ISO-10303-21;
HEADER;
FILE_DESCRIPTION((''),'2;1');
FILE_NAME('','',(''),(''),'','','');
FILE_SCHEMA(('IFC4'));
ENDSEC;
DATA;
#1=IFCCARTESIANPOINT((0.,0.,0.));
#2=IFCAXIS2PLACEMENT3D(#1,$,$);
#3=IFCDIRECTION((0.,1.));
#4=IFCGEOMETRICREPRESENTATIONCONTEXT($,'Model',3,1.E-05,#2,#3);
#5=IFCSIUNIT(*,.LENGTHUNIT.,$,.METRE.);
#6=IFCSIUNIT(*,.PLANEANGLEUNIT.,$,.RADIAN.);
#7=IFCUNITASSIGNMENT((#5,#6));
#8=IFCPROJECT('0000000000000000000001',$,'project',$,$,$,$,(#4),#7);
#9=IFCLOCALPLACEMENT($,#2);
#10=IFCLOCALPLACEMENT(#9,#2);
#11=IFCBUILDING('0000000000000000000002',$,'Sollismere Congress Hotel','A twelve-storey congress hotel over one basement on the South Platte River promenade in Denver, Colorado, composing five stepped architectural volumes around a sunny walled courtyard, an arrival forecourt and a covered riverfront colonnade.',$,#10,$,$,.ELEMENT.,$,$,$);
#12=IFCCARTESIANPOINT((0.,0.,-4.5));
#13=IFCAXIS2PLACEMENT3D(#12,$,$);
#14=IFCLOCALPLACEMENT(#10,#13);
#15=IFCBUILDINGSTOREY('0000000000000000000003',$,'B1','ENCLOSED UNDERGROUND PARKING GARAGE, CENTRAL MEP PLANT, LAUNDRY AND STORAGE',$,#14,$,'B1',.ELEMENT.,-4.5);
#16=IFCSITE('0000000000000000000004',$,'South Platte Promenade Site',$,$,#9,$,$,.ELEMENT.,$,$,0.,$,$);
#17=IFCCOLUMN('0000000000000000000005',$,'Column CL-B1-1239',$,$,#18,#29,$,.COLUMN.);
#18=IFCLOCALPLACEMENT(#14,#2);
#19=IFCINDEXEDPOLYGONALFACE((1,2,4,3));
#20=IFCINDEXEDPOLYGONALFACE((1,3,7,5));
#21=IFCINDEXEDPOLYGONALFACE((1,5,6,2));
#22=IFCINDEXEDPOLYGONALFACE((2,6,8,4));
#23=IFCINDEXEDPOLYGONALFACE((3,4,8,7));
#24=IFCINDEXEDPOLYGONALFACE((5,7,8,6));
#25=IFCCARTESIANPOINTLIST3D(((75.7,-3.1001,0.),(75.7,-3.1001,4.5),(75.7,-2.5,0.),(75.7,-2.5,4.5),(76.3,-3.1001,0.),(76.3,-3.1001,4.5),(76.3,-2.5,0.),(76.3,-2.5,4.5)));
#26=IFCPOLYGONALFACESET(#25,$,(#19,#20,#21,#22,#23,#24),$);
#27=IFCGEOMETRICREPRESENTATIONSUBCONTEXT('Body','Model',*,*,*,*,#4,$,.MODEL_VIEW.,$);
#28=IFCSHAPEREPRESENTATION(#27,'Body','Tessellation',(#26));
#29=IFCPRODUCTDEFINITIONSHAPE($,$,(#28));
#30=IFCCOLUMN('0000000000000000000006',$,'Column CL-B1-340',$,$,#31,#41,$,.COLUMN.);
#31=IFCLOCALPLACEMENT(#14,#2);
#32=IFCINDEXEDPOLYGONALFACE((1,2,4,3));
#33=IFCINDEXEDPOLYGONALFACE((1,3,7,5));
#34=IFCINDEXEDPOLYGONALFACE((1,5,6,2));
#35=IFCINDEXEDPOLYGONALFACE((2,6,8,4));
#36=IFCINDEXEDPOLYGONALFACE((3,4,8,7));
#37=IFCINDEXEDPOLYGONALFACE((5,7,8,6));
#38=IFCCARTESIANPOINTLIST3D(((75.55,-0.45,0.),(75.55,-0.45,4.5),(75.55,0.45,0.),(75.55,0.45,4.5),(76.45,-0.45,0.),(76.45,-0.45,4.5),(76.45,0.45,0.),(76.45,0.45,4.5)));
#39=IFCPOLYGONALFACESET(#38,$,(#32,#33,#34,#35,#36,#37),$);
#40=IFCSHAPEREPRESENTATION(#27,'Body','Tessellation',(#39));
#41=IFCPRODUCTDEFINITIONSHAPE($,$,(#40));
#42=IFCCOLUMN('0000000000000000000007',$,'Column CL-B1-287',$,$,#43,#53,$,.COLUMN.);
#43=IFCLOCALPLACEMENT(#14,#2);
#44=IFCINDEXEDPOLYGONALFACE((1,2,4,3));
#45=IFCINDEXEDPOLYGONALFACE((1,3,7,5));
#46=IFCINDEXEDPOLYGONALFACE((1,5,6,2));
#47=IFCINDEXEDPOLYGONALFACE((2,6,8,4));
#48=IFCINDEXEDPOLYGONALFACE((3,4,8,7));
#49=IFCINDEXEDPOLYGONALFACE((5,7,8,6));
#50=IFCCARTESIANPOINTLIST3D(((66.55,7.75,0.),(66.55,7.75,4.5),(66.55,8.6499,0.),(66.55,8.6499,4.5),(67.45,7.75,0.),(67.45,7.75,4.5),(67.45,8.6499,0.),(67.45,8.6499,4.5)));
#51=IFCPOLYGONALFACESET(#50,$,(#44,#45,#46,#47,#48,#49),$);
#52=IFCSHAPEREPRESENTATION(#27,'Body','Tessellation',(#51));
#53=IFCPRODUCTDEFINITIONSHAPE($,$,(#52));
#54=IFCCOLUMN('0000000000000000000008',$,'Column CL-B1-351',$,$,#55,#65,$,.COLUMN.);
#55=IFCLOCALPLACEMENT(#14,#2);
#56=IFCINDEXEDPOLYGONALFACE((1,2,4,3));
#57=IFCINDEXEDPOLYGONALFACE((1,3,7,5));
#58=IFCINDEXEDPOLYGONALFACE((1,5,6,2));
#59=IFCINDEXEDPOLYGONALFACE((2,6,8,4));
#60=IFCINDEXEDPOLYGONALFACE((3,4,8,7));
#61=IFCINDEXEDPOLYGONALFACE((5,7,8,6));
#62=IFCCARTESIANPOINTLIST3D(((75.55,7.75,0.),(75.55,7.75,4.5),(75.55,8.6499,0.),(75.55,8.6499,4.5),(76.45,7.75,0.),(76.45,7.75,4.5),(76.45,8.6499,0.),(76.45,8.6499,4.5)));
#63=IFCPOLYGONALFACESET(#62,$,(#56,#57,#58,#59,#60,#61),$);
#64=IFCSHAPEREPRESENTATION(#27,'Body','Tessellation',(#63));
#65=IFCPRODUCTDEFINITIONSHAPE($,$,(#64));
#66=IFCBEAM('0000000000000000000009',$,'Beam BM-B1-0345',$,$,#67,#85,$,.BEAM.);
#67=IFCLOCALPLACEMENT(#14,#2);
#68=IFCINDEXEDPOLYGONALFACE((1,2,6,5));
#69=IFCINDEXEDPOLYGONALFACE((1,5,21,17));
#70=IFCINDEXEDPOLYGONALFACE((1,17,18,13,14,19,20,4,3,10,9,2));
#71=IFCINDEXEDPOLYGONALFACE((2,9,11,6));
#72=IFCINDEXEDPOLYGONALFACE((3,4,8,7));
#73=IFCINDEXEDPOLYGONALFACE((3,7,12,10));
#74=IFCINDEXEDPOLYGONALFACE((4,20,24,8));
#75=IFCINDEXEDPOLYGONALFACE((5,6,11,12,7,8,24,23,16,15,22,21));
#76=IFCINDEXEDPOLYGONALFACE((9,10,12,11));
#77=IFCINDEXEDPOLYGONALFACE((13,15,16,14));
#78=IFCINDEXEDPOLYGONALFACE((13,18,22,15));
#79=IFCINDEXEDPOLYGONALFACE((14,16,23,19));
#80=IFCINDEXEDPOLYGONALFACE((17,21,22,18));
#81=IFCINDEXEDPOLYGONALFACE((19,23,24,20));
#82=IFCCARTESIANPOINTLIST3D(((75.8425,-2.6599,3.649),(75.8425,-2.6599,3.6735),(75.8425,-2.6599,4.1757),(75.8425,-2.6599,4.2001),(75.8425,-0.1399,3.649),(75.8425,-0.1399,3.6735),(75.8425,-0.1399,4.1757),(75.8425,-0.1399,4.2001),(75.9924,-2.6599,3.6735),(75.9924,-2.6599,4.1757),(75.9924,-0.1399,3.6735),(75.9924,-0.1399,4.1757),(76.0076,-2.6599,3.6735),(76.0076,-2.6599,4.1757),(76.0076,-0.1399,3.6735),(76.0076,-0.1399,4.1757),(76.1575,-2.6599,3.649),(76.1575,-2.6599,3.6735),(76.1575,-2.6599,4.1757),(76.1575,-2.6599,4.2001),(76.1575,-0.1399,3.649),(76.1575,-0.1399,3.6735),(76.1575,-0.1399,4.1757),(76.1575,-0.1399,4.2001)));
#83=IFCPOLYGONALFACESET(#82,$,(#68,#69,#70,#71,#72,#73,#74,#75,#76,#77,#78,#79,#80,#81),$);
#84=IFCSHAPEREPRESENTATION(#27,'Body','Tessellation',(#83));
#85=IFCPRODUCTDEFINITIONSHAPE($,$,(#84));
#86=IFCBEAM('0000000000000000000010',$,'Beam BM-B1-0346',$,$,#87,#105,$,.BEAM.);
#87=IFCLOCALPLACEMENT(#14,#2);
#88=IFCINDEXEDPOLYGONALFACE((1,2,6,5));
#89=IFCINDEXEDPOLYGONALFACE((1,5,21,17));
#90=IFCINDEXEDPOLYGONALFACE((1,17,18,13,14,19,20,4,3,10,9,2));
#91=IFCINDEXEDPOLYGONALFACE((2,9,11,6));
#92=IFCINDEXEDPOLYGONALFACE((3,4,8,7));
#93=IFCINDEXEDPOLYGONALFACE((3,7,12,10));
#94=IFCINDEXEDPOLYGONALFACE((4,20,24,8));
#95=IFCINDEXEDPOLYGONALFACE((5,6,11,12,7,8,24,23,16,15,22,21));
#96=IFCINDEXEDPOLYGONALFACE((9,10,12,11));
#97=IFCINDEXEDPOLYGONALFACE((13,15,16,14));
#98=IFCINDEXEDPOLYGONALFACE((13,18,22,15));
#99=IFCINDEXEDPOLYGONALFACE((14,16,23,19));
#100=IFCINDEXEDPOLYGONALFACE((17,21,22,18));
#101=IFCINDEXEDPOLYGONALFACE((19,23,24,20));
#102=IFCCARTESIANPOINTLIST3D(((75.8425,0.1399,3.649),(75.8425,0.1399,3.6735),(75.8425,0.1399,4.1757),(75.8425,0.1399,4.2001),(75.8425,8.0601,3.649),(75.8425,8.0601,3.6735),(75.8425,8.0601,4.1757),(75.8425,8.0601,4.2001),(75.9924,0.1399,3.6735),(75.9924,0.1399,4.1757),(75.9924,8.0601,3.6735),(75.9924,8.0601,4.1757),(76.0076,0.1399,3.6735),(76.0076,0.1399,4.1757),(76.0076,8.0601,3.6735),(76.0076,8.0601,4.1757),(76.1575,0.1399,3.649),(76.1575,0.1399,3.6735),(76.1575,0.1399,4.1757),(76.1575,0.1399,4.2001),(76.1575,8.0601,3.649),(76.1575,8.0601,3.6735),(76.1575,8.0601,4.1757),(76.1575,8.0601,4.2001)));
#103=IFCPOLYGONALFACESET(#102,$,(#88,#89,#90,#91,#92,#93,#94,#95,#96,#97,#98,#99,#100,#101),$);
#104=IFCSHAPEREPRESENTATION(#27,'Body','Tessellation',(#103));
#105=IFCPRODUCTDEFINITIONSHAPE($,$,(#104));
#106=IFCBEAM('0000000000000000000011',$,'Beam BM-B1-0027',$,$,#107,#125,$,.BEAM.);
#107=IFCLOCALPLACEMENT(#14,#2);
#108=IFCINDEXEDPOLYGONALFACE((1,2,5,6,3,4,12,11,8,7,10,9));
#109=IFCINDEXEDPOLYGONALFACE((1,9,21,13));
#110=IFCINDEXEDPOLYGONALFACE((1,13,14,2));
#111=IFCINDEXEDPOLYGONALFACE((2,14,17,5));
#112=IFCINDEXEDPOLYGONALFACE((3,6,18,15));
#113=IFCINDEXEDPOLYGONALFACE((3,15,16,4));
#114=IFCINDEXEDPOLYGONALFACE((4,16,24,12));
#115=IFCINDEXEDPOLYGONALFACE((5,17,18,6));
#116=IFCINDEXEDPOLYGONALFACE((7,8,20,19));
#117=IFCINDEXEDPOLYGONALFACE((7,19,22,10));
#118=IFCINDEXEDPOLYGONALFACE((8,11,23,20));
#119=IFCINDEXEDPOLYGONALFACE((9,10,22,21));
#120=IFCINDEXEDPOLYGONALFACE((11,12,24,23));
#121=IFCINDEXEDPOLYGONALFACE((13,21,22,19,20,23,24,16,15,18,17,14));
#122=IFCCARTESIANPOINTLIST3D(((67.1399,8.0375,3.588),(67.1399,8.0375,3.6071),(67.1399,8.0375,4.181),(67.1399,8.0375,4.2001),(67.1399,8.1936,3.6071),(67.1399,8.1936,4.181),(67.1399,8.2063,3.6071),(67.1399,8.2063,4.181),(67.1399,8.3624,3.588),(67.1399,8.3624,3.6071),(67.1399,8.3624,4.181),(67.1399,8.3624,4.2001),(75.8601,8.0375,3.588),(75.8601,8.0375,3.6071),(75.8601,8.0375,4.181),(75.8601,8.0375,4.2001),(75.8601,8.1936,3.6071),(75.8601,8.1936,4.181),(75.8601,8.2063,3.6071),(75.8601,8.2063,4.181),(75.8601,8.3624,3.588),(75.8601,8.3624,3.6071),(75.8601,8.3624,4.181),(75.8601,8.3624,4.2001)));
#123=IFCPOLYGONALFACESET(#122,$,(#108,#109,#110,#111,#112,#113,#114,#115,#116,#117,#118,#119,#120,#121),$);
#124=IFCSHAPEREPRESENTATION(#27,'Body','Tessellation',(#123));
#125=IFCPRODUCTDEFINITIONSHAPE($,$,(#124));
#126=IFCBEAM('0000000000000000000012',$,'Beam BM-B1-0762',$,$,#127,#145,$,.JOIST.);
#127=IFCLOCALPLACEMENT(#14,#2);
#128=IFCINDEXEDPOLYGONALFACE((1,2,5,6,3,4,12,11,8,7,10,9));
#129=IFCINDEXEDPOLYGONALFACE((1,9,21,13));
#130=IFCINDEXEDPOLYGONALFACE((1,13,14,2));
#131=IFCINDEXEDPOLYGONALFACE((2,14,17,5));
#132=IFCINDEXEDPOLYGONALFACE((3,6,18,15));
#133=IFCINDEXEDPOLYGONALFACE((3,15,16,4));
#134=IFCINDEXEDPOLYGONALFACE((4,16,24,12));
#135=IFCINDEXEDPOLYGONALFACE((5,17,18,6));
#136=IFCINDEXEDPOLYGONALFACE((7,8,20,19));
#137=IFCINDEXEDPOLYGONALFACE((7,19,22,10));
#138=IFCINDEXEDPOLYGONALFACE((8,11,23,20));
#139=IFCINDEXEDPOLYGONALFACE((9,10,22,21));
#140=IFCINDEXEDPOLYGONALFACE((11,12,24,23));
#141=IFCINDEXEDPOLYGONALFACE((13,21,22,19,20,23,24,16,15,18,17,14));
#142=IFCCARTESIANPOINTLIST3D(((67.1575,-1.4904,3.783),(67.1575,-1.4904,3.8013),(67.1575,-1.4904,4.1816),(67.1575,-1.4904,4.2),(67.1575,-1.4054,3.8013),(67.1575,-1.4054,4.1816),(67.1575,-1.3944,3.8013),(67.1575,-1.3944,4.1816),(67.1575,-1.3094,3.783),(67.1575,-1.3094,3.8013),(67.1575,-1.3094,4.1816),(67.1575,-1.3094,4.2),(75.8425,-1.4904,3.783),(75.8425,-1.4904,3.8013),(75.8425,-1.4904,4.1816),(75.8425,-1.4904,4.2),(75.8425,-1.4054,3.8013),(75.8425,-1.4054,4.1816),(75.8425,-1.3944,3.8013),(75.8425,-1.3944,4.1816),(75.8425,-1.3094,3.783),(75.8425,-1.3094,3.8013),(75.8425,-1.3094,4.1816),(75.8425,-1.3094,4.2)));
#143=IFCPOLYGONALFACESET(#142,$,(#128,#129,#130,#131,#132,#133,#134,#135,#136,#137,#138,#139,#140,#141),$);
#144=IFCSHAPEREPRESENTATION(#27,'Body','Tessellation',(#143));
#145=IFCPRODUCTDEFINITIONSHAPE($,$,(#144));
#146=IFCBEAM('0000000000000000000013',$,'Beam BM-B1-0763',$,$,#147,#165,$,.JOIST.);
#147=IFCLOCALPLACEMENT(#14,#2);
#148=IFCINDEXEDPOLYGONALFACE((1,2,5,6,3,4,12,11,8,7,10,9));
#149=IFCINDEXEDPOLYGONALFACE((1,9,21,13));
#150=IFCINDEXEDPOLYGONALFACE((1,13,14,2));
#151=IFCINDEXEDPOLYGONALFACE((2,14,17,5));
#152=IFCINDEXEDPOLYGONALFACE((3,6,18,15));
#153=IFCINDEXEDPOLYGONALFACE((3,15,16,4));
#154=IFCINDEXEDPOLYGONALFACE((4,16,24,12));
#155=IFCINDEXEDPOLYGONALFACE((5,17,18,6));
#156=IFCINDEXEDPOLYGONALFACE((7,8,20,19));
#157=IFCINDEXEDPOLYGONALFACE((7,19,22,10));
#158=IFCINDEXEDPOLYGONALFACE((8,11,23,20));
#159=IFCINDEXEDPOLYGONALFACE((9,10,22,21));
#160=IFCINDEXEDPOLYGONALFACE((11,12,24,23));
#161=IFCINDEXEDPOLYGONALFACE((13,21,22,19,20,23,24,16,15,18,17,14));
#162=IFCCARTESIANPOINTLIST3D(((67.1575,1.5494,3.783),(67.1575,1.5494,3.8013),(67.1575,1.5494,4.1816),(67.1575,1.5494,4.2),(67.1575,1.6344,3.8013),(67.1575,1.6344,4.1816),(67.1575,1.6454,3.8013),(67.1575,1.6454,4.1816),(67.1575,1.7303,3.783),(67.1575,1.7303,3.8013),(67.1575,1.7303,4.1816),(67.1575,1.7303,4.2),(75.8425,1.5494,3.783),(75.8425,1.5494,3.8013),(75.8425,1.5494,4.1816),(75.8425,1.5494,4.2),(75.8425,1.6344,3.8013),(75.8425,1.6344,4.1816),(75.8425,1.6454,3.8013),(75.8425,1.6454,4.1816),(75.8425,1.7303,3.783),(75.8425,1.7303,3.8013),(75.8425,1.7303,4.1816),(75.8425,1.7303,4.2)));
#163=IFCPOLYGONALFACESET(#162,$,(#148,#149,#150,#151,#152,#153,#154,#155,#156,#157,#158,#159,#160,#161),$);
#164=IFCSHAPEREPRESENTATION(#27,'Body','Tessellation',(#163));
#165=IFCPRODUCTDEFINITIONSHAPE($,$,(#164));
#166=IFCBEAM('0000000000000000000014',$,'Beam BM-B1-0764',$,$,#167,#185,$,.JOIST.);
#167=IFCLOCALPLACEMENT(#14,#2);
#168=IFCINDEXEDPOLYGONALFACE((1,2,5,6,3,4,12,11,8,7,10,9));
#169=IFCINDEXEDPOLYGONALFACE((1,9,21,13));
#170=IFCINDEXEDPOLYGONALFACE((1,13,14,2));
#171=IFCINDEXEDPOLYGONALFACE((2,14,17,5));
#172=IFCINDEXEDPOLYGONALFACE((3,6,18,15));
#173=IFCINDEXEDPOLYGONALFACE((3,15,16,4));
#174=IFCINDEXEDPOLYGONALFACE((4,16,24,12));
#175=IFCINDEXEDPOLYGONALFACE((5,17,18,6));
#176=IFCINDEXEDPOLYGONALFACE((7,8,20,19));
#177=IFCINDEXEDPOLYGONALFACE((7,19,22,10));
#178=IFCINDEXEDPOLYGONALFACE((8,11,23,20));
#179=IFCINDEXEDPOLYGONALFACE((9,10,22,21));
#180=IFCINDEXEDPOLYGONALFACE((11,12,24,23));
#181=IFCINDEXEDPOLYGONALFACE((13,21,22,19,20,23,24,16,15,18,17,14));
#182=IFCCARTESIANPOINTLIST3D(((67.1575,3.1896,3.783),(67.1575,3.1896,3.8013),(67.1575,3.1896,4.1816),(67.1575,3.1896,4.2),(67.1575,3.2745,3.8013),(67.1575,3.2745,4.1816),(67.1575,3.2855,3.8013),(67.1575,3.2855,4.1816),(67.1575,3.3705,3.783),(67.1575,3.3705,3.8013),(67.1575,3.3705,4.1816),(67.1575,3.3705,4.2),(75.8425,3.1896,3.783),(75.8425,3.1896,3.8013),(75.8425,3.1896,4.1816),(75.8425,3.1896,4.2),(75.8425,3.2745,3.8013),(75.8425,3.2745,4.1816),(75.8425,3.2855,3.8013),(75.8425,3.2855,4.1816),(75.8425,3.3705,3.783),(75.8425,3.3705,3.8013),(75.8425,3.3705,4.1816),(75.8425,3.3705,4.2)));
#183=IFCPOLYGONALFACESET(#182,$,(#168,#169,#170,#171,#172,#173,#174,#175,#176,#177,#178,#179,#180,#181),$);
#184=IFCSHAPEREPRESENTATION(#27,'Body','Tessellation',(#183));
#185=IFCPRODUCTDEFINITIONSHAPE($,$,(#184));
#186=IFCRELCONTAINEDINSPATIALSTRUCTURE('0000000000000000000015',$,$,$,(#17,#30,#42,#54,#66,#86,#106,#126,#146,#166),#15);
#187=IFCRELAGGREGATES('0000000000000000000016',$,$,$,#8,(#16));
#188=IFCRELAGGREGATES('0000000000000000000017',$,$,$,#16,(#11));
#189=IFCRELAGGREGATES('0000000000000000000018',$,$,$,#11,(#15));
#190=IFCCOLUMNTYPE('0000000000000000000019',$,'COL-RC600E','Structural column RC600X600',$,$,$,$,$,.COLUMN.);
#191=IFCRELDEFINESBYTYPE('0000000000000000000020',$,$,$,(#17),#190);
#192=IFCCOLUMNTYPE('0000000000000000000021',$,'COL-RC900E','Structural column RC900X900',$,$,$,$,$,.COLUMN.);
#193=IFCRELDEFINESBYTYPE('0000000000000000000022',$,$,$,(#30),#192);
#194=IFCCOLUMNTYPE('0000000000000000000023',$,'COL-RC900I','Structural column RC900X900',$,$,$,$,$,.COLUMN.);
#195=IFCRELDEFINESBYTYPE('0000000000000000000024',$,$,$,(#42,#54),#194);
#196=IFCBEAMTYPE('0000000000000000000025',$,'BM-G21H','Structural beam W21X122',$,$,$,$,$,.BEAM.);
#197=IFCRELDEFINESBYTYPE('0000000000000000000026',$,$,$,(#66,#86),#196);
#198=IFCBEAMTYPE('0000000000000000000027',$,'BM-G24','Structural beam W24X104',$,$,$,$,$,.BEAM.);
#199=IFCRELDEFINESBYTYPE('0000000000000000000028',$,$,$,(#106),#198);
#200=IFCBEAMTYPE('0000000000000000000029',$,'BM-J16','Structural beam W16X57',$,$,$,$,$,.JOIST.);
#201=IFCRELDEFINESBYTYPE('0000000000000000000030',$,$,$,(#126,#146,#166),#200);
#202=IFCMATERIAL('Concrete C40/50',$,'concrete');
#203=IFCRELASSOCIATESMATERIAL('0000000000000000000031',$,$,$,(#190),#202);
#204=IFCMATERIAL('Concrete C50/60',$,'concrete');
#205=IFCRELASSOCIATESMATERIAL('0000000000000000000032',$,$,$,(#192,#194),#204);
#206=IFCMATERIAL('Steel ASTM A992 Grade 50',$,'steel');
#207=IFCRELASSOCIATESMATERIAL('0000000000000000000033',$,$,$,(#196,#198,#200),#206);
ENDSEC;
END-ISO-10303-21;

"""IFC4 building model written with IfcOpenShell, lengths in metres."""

from ifc_helpers import new_model, si_unit, direction, frame, origin, origin_2d, place, context, subcontext, project, spatial, rectangle, i_section, extrude, material, material_profile, profile_set, type_object, element, save


model = new_model("IFC4")

# Units and contexts
model_context = context("Model", 3, precision=1e-05, world=origin(), true_north=direction((0.0, 1.0)))
body_context = subcontext(model_context, "Body", "Model", "MODEL_VIEW")
ifc_project = project(units=[si_unit("LENGTHUNIT", "METRE"), si_unit("PLANEANGLEUNIT", "RADIAN")], contexts=[model_context])

# Site, building, storey
site_placement = place(None, origin())
site = spatial("IfcSite", under=ifc_project, at=site_placement, Name="South Platte Promenade Site", CompositionType="ELEMENT", RefElevation=0.0)
building_placement = place(site_placement, origin())
building = spatial("IfcBuilding", under=site, at=building_placement, Name="Sollismere Congress Hotel", Description="A twelve-storey congress hotel over one basement on the South Platte River promenade in Denver, Colorado, composing five stepped architectural volumes around a sunny walled courtyard, an arrival forecourt and a covered riverfront colonnade.", CompositionType="ELEMENT")
storey_placement = place(building_placement, frame((0.0, 0.0, -4.5)))
storey = spatial("IfcBuildingStorey", under=building, at=storey_placement, Name="B1", Description="ENCLOSED UNDERGROUND PARKING GARAGE, CENTRAL MEP PLANT, LAUNDRY AND STORAGE", LongName="B1", CompositionType="ELEMENT", Elevation=-4.5)

# Shared definitions
ifc_material_1 = material(Name="Concrete C40/50", Category="concrete")

# Columns
ifc_material_profile_1 = material_profile(ifc_material_1, rectangle(XDim=0.6001, YDim=0.6001, at=origin_2d()), Name="RC600X600")
ifc_profile_set_1 = profile_set([ifc_material_profile_1], Name="Concrete C40/50")
column_type_1 = type_object("IfcColumnType", Name="COL-RC600E", Description="Structural column RC600X600", PredefinedType="COLUMN", material=ifc_profile_set_1)
column_1_placement = place(storey_placement, frame((76.0, -2.8, 0.0), z_axis=(0.0, 0.0, 1.0), x_axis=(1.0, 0.0, 0.0)))
element("IfcColumn", 1, at=column_1_placement, inside=storey, type_object=column_type_1, Name="Column CL-B1-1239", PredefinedType="COLUMN", context=body_context, shape_type="SweptSolid", body=[
    extrude(rectangle(XDim=0.6001, YDim=0.6001, at=origin_2d()), origin(), (0.0, 0.0, 1.0), 4.5),
])
ifc_material_2 = material(Name="Concrete C50/60", Category="concrete")
ifc_material_profile_2 = material_profile(ifc_material_2, rectangle(XDim=0.8999, YDim=0.8999, at=origin_2d()), Name="RC900X900")
ifc_profile_set_2 = profile_set([ifc_material_profile_2], Name="Concrete C50/60")
column_type_2 = type_object("IfcColumnType", Name="COL-RC900E", Description="Structural column RC900X900", PredefinedType="COLUMN", material=ifc_profile_set_2)
column_2_placement = place(storey_placement, frame((76.0, 0.0, 0.0), z_axis=(0.0, 0.0, 1.0), x_axis=(0.0, 1.0, 0.0)))
element("IfcColumn", 2, at=column_2_placement, inside=storey, type_object=column_type_2, Name="Column CL-B1-340", PredefinedType="COLUMN", context=body_context, shape_type="SweptSolid", body=[
    extrude(rectangle(XDim=0.8999, YDim=0.8999, at=origin_2d()), origin(), (0.0, 0.0, 1.0), 4.5),
])
ifc_material_profile_3 = material_profile(ifc_material_2, rectangle(XDim=0.8999, YDim=0.8999, at=origin_2d()), Name="RC900X900")
ifc_profile_set_3 = profile_set([ifc_material_profile_3], Name="Concrete C50/60")
column_type_3 = type_object("IfcColumnType", Name="COL-RC900I", Description="Structural column RC900X900", PredefinedType="COLUMN", material=ifc_profile_set_3)
for number, where, z_axis, x_axis, name in (
    (3, (67.0, 8.2, 0.0), (0.0, 0.0, 1.0), (1.0, 0.0, 0.0), "Column CL-B1-287"),
    (4, (76.0, 8.2, 0.0), (0.0, 0.0, 1.0), (1.0, 0.0, 0.0), "Column CL-B1-351"),
):
    element("IfcColumn", number, at=place(storey_placement, frame(where, z_axis=z_axis, x_axis=x_axis)), inside=storey, type_object=column_type_3, Name=name, PredefinedType="COLUMN", context=body_context, shape_type="SweptSolid", body=[
        extrude(rectangle(XDim=0.8999, YDim=0.8999, at=origin_2d()), origin(), (0.0, 0.0, 1.0), 4.5),
    ])

# Beams
ifc_material_3 = material(Name="Steel ASTM A992 Grade 50", Category="steel")
ifc_material_profile_4 = material_profile(ifc_material_3, i_section(OverallWidth=0.3149, OverallDepth=0.551, WebThickness=0.0151, FlangeThickness=0.0244, at=origin_2d()), Name="W21X122")
ifc_profile_set_4 = profile_set([ifc_material_profile_4], Name="Steel ASTM A992 Grade 50")
beam_type_1 = type_object("IfcBeamType", Name="BM-G21H", Description="Structural beam W21X122", PredefinedType="BEAM", material=ifc_profile_set_4)
beam_1_placement = place(storey_placement, frame((76.0, -2.6599, 3.9246), z_axis=(0.0, 1.0, 0.0), x_axis=(-1.0, 0.0, 0.0)))
element("IfcBeam", 5, at=beam_1_placement, inside=storey, type_object=beam_type_1, Name="Beam BM-B1-0345", PredefinedType="BEAM", context=body_context, shape_type="SweptSolid", body=[
    extrude(i_section(OverallWidth=0.3149, OverallDepth=0.551, WebThickness=0.0151, FlangeThickness=0.0244, at=origin_2d()), origin(), (0.0, 0.0, 1.0), 2.52),
])
beam_2_placement = place(storey_placement, frame((76.0, 0.1399, 3.9246), z_axis=(0.0, 1.0, 0.0), x_axis=(-1.0, 0.0, 0.0)))
element("IfcBeam", 6, at=beam_2_placement, inside=storey, type_object=beam_type_1, Name="Beam BM-B1-0346", PredefinedType="BEAM", context=body_context, shape_type="SweptSolid", body=[
    extrude(i_section(OverallWidth=0.3149, OverallDepth=0.551, WebThickness=0.0151, FlangeThickness=0.0244, at=origin_2d()), origin(), (0.0, 0.0, 1.0), 7.9202),
])
ifc_material_profile_5 = material_profile(ifc_material_3, i_section(OverallWidth=0.325, OverallDepth=0.6121, WebThickness=0.0127, FlangeThickness=0.019, at=origin_2d()), Name="W24X104")
ifc_profile_set_5 = profile_set([ifc_material_profile_5], Name="Steel ASTM A992 Grade 50")
beam_type_2 = type_object("IfcBeamType", Name="BM-G24", Description="Structural beam W24X104", PredefinedType="BEAM", material=ifc_profile_set_5)
beam_3_placement = place(storey_placement, frame((67.1399, 8.2, 3.894), z_axis=(1.0, 0.0, 0.0), x_axis=(0.0, 1.0, 0.0)))
element("IfcBeam", 7, at=beam_3_placement, inside=storey, type_object=beam_type_2, Name="Beam BM-B1-0027", PredefinedType="BEAM", context=body_context, shape_type="SweptSolid", body=[
    extrude(i_section(OverallWidth=0.325, OverallDepth=0.6121, WebThickness=0.0127, FlangeThickness=0.019, at=origin_2d()), origin(), (0.0, 0.0, 1.0), 8.7202),
])
ifc_material_profile_6 = material_profile(ifc_material_3, i_section(OverallWidth=0.1809, OverallDepth=0.417, WebThickness=0.011, FlangeThickness=0.0183, at=origin_2d()), Name="W16X57")
ifc_profile_set_6 = profile_set([ifc_material_profile_6], Name="Steel ASTM A992 Grade 50")
beam_type_3 = type_object("IfcBeamType", Name="BM-J16", Description="Structural beam W16X57", PredefinedType="JOIST", material=ifc_profile_set_6)
for number, where, z_axis, x_axis, name in (
    (8, (67.1575, -1.3999, 3.9915), (1.0, 0.0, 0.0), (0.0, 1.0, 0.0), "Beam BM-B1-0762"),
    (9, (67.1575, 1.6399, 3.9915), (1.0, 0.0, 0.0), (0.0, 1.0, 0.0), "Beam BM-B1-0763"),
    (10, (67.1575, 3.28, 3.9915), (1.0, 0.0, 0.0), (0.0, 1.0, 0.0), "Beam BM-B1-0764"),
):
    element("IfcBeam", number, at=place(storey_placement, frame(where, z_axis=z_axis, x_axis=x_axis)), inside=storey, type_object=beam_type_3, Name=name, PredefinedType="JOIST", context=body_context, shape_type="SweptSolid", body=[
        extrude(i_section(OverallWidth=0.1809, OverallDepth=0.417, WebThickness=0.011, FlangeThickness=0.0183, at=origin_2d()), origin(), (0.0, 0.0, 1.0), 8.6851),
    ])

save(model, "model.ifc")
